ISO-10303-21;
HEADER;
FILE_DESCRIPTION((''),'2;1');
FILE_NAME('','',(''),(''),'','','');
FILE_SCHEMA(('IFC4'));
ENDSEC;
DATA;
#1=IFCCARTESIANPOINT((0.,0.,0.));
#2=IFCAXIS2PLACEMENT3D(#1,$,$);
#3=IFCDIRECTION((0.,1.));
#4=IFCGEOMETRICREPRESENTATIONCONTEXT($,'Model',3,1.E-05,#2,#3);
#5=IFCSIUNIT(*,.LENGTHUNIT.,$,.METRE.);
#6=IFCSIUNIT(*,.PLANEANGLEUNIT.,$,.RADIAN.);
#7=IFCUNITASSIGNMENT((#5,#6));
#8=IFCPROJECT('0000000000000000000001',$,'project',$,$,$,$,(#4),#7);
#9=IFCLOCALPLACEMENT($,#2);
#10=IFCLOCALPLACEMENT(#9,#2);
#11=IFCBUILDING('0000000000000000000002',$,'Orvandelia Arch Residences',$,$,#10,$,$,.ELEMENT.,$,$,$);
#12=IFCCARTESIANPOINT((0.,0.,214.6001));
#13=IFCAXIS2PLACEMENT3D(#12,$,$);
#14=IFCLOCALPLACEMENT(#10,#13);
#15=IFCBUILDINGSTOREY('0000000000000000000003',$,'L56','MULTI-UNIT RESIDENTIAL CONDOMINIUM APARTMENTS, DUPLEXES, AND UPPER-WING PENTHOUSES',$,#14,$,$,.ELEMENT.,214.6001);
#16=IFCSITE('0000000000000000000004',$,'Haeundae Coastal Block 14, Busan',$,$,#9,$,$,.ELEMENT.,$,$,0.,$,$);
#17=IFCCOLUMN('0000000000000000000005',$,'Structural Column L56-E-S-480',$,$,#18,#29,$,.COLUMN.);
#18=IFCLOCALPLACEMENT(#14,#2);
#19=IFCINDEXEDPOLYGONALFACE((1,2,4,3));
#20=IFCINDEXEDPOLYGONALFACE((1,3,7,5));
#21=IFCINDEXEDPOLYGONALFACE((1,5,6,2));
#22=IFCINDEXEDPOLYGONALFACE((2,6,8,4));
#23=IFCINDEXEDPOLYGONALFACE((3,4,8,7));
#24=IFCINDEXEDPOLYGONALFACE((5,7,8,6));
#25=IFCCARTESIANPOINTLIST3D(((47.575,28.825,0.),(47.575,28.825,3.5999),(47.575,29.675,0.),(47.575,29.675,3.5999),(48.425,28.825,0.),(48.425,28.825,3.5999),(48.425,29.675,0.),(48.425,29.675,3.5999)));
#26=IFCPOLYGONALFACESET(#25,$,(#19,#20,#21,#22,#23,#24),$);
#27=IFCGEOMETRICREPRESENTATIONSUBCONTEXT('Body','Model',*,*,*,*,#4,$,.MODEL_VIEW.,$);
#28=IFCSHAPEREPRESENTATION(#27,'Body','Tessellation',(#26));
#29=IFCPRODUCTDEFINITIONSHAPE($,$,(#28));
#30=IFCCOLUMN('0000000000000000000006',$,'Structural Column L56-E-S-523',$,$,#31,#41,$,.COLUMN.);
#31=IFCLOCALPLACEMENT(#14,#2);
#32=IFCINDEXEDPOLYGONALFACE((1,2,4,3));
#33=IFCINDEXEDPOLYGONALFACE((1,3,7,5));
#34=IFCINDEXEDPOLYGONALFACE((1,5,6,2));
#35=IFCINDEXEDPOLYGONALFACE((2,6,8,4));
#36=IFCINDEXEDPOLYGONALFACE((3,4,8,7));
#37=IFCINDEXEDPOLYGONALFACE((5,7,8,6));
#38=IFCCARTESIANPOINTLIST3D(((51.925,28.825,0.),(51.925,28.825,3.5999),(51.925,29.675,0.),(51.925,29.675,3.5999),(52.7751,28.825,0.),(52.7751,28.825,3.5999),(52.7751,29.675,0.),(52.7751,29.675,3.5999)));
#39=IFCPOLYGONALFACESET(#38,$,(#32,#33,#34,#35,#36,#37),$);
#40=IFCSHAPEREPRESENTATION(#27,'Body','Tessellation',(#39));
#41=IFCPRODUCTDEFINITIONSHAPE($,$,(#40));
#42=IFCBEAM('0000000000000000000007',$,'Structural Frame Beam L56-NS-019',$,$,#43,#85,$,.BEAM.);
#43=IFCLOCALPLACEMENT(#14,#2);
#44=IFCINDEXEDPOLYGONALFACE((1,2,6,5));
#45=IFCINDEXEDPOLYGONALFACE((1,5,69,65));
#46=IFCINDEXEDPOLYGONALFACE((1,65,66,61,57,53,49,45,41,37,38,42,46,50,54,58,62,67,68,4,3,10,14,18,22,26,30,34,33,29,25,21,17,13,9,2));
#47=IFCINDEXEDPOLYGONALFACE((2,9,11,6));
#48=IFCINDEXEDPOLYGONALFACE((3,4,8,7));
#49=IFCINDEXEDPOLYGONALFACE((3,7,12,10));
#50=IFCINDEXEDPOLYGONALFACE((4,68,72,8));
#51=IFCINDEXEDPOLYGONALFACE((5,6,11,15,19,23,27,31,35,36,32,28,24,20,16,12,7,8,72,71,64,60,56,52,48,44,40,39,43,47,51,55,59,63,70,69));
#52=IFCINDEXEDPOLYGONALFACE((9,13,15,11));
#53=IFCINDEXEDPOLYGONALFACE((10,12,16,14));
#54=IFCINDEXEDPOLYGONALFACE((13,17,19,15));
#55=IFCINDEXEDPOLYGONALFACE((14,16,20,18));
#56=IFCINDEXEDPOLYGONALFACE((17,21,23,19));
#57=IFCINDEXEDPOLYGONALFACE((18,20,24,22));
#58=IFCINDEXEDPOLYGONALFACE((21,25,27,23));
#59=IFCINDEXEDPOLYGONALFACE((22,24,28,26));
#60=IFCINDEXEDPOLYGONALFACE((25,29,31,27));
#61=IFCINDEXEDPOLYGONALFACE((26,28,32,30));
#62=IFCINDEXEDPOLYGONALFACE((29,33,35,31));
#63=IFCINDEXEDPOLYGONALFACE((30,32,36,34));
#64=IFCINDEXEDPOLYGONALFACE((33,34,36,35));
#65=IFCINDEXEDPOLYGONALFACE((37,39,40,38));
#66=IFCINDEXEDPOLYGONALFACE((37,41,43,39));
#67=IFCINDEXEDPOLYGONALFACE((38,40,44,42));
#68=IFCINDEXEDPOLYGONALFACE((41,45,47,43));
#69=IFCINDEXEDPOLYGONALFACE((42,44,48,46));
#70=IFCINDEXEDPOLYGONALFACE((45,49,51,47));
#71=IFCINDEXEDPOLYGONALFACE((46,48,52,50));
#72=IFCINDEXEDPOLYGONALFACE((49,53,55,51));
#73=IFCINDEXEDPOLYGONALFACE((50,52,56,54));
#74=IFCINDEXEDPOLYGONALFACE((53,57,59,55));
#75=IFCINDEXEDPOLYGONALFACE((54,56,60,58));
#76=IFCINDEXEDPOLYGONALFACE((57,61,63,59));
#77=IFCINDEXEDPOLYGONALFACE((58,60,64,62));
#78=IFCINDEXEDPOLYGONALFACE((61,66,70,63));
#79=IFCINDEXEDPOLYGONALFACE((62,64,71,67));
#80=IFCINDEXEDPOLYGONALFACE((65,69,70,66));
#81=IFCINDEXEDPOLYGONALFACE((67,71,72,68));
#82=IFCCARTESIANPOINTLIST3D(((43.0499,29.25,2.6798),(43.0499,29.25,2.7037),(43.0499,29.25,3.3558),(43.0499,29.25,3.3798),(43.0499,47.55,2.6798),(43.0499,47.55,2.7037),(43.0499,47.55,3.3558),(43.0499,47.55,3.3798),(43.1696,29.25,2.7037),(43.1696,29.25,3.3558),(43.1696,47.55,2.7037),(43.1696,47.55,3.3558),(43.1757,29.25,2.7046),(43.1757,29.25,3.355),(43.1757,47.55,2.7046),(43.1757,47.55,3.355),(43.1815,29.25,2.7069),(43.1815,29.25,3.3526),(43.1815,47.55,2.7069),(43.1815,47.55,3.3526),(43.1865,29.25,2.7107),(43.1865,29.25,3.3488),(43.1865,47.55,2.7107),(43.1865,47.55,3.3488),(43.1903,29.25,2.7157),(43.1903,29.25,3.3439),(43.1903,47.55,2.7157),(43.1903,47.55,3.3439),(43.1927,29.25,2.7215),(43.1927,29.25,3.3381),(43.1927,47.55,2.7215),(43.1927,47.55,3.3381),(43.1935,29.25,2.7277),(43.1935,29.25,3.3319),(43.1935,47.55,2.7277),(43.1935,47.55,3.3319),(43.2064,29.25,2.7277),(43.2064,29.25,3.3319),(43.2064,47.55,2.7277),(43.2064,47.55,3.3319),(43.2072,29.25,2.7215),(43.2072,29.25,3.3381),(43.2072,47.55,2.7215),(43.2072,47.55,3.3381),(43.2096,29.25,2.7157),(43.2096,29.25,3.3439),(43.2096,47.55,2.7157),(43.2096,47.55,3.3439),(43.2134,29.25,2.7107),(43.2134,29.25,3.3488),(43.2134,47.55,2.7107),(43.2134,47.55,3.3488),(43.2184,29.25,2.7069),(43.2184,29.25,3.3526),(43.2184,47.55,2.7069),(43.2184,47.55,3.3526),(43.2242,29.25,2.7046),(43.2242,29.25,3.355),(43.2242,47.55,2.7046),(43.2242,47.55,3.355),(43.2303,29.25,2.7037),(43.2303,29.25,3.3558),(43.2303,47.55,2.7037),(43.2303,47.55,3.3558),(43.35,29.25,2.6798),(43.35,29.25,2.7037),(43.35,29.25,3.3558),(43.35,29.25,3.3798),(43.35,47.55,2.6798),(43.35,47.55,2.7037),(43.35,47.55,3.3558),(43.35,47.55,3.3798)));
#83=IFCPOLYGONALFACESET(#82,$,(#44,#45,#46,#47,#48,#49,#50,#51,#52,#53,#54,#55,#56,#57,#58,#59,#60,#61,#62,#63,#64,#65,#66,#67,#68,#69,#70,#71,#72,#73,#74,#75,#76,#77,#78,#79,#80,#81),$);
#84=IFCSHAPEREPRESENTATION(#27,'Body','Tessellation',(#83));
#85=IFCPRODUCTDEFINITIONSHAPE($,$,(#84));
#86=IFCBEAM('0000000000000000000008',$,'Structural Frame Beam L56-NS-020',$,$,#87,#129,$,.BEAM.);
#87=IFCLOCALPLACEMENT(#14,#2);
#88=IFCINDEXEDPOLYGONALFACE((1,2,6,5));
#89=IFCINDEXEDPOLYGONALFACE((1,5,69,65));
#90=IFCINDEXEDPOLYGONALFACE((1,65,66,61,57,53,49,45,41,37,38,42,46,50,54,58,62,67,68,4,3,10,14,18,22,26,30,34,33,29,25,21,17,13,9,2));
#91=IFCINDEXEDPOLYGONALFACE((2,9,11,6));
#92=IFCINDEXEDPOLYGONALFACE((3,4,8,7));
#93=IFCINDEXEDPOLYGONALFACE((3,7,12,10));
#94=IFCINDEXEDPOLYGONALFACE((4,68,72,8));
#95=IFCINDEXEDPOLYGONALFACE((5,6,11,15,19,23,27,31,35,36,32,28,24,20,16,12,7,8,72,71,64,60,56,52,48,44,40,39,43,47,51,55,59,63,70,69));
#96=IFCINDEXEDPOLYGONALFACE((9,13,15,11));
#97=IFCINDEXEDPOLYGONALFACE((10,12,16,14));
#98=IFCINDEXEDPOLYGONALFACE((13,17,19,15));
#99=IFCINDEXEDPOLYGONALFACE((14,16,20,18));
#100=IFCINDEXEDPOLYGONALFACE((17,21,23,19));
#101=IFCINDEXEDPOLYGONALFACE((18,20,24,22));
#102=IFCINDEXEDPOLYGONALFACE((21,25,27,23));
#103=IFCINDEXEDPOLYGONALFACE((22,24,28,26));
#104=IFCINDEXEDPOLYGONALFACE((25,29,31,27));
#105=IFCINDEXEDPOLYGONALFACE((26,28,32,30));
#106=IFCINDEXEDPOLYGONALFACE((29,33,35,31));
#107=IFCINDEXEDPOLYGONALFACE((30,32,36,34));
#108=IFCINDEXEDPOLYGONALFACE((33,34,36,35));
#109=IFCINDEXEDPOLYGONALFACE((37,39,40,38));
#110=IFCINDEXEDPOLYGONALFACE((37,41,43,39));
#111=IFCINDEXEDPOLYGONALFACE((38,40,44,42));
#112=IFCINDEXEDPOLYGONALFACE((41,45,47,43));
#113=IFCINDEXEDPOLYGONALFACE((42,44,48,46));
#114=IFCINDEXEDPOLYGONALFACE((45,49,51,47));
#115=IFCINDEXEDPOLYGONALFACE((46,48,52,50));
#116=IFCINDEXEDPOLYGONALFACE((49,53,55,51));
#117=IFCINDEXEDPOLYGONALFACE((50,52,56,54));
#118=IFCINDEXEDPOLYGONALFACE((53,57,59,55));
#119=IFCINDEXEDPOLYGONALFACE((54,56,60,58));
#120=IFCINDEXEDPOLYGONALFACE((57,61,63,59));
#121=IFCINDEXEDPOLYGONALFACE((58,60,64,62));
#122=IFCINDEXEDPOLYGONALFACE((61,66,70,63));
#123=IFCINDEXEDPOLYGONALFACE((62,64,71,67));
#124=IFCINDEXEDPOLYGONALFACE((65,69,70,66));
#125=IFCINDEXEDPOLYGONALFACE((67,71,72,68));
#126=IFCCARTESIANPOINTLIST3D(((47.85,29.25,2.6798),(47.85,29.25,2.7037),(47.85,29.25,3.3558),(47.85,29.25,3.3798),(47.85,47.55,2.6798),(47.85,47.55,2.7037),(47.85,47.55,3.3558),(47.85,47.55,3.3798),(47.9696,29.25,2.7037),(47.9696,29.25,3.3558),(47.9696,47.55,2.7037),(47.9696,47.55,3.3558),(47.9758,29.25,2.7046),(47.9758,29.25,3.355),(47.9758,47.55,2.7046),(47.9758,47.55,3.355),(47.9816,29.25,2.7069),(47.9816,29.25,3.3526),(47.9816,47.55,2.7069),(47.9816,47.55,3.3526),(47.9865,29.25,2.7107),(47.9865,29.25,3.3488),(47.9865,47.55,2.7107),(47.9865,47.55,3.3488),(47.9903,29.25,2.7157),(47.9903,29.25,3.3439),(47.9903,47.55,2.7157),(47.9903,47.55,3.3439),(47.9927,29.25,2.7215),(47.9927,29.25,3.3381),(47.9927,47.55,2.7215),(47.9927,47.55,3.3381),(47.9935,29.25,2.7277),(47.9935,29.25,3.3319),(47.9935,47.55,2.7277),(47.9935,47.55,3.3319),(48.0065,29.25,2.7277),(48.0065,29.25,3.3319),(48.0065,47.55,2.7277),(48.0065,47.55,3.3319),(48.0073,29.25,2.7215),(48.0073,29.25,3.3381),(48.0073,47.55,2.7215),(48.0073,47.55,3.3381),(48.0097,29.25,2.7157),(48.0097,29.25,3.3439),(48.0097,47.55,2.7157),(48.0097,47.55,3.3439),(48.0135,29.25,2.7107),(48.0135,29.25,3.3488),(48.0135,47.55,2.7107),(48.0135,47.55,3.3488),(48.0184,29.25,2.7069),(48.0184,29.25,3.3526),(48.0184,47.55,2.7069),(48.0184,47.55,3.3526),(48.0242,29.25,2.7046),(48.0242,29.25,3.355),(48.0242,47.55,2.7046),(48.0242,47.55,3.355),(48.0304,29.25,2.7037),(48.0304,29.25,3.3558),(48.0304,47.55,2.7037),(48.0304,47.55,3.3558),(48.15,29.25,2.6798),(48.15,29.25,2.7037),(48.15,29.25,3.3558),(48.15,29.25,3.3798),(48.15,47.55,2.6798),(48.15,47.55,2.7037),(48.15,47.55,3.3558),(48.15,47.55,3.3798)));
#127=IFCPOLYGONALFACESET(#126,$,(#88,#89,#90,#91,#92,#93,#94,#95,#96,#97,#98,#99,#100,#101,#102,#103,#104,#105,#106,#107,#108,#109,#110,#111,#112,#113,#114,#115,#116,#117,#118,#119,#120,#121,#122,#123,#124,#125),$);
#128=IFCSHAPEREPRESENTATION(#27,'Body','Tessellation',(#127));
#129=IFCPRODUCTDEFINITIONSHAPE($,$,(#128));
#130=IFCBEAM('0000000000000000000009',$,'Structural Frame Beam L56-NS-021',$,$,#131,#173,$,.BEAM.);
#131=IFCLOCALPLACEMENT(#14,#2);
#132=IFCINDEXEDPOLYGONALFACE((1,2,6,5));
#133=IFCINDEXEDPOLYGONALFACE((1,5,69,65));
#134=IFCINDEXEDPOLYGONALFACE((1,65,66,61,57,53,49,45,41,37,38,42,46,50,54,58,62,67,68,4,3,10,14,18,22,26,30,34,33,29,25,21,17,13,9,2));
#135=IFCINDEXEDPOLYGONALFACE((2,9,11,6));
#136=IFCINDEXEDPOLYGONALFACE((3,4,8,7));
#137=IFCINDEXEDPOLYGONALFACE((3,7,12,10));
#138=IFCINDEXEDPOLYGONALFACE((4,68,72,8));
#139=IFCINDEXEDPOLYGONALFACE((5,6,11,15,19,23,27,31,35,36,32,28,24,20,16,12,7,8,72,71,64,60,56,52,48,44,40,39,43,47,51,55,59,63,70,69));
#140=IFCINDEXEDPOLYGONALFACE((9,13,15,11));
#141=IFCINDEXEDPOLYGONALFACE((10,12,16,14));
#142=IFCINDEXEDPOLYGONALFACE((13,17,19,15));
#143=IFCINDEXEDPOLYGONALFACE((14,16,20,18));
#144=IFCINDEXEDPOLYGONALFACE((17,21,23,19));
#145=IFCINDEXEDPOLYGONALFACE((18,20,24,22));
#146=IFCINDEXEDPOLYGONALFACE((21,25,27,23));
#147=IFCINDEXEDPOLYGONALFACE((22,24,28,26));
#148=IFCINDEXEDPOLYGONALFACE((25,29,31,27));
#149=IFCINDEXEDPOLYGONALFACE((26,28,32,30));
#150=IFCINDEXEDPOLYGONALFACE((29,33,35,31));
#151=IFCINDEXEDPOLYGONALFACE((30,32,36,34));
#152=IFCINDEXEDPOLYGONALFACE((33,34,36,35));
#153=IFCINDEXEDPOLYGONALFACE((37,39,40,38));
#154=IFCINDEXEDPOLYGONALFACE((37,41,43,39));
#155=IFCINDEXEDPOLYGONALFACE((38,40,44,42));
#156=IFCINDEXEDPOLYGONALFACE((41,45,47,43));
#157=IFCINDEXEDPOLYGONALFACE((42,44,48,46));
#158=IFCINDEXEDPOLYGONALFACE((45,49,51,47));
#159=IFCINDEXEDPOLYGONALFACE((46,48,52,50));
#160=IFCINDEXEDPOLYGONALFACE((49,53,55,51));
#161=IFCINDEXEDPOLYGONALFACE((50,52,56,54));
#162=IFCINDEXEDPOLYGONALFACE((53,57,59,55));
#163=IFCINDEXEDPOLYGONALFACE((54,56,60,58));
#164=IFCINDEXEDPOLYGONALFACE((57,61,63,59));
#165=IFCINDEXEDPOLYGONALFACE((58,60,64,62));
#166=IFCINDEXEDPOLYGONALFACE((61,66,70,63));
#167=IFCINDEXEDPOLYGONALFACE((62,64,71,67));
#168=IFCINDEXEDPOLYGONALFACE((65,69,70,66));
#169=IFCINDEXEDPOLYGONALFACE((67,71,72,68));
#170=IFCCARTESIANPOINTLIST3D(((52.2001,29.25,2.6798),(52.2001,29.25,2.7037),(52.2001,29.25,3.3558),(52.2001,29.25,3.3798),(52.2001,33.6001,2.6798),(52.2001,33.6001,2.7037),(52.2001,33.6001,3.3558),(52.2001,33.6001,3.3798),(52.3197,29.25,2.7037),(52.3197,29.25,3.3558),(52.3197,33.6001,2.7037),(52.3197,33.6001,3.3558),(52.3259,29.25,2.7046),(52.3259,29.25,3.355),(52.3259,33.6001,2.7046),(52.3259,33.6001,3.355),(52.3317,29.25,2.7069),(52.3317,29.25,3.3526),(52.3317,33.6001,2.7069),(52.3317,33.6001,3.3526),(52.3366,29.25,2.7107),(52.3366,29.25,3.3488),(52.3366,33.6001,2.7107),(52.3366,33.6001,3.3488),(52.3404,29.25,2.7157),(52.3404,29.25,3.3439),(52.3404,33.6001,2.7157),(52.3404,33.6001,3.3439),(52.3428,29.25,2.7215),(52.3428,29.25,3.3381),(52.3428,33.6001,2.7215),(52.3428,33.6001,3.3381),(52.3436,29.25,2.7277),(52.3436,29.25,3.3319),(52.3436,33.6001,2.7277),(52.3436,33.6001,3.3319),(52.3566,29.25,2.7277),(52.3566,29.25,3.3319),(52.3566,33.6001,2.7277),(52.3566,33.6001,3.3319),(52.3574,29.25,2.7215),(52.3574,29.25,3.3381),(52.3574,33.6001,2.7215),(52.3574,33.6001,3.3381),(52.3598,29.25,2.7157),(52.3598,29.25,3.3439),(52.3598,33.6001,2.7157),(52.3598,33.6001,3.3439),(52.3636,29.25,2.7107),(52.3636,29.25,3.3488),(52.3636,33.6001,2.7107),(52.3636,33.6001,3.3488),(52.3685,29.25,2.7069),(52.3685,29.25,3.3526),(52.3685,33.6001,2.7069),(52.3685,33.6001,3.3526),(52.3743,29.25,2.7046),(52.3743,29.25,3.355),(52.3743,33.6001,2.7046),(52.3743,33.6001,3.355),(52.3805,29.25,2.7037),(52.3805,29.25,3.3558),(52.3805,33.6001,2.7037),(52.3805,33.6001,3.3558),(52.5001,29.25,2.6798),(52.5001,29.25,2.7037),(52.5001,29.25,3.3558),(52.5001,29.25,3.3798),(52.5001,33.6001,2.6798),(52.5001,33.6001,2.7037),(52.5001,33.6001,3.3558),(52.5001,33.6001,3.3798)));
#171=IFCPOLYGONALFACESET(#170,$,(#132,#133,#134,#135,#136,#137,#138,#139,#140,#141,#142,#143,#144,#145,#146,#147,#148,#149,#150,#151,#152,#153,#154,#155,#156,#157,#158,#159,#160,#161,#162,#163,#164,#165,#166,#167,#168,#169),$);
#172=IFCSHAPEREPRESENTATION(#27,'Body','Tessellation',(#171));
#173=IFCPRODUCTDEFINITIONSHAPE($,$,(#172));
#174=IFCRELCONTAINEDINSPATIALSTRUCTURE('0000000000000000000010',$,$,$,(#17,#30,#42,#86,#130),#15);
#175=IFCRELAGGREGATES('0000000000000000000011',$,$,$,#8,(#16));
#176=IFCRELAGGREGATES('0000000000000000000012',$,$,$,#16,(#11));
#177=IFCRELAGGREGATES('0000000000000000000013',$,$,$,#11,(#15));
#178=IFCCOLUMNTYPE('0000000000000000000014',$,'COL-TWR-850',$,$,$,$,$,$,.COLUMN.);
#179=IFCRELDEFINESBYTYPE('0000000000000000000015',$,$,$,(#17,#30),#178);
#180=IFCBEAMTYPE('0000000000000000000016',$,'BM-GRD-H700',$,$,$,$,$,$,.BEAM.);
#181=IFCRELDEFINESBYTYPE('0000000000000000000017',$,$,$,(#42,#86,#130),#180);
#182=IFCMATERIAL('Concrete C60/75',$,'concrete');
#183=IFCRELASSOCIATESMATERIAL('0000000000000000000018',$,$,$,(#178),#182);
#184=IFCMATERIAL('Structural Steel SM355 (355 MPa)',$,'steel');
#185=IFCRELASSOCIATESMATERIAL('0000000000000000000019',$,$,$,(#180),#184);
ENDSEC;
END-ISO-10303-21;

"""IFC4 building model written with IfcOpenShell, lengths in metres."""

from ifc_helpers import new_model, si_unit, direction, frame, origin, origin_2d, place, context, subcontext, project, spatial, rectangle, i_section, extrude, material, material_profile, profile_set, type_object, element, save


model = new_model("IFC4")

# Units and contexts
model_context = context("Model", 3, precision=1e-05, world=origin(), true_north=direction((0.0, 1.0)))
body_context = subcontext(model_context, "Body", "Model", "MODEL_VIEW")
ifc_project = project(units=[si_unit("LENGTHUNIT", "METRE"), si_unit("PLANEANGLEUNIT", "RADIAN")], contexts=[model_context])

# Site, building, storey
site_placement = place(None, origin())
site = spatial("IfcSite", under=ifc_project, at=site_placement, Name="Haeundae Coastal Block 14, Busan", CompositionType="ELEMENT", RefElevation=0.0)
building_placement = place(site_placement, origin())
building = spatial("IfcBuilding", under=site, at=building_placement, Name="Orvandelia Arch Residences", CompositionType="ELEMENT")
storey_placement = place(building_placement, frame((0.0, 0.0, 214.6001)))
storey = spatial("IfcBuildingStorey", under=building, at=storey_placement, Name="L56", Description="MULTI-UNIT RESIDENTIAL CONDOMINIUM APARTMENTS, DUPLEXES, AND UPPER-WING PENTHOUSES", CompositionType="ELEMENT", Elevation=214.6001)

# Columns
ifc_material_1 = material(Name="Concrete C60/75", Category="concrete")
ifc_material_profile_1 = material_profile(ifc_material_1, rectangle(XDim=0.8501, YDim=0.8501, at=origin_2d()), Name="Concrete C60/75", Category="concrete")
ifc_profile_set_1 = profile_set([ifc_material_profile_1], Name="Concrete C60/75")
column_type = type_object("IfcColumnType", Name="COL-TWR-850", PredefinedType="COLUMN", material=ifc_profile_set_1)
for number, where, z_axis, x_axis, name in (
    (1, (48.0, 29.25, 0.0), (0.0, 0.0, 1.0), (1.0, 0.0, 0.0), "Structural Column L56-E-S-480"),
    (2, (52.3501, 29.25, 0.0), (0.0, 0.0, 1.0), (1.0, 0.0, 0.0), "Structural Column L56-E-S-523"),
):
    element("IfcColumn", number, at=place(storey_placement, frame(where, z_axis=z_axis, x_axis=x_axis)), inside=storey, type_object=column_type, Name=name, PredefinedType="COLUMN", context=body_context, shape_type="SweptSolid", body=[
        extrude(rectangle(XDim=0.8501, YDim=0.8501, at=origin_2d()), origin(), (0.0, 0.0, 1.0), 3.5999),
    ])

# Beams
ifc_material_2 = material(Name="Structural Steel SM355 (355 MPa)", Category="steel")
ifc_material_profile_2 = material_profile(ifc_material_2, i_section(OverallWidth=0.3, OverallDepth=0.7, WebThickness=0.0129, FlangeThickness=0.0239, FilletRadius=0.0239, at=origin_2d()), Name="Structural Steel SM355 (355 MPa)", Category="steel")
ifc_profile_set_2 = profile_set([ifc_material_profile_2], Name="Structural Steel SM355 (355 MPa)")
beam_type = type_object("IfcBeamType", Name="BM-GRD-H700", PredefinedType="BEAM", material=ifc_profile_set_2)
for number, where, z_axis, x_axis, name in (
    (3, (43.2, 29.25, 3.0298), (0.0, 1.0, 0.0), (-1.0, 0.0, 0.0), "Structural Frame Beam L56-NS-019"),
    (4, (48.0, 29.25, 3.0298), (0.0, 1.0, 0.0), (-1.0, 0.0, 0.0), "Structural Frame Beam L56-NS-020"),
):
    element("IfcBeam", number, at=place(storey_placement, frame(where, z_axis=z_axis, x_axis=x_axis)), inside=storey, type_object=beam_type, Name=name, PredefinedType="BEAM", context=body_context, shape_type="SweptSolid", body=[
        extrude(i_section(OverallWidth=0.3, OverallDepth=0.7, WebThickness=0.0129, FlangeThickness=0.0239, FilletRadius=0.0239, at=origin_2d()), origin(), (0.0, 0.0, 1.0), 18.3),
    ])
beam_1_placement = place(storey_placement, frame((52.3501, 29.25, 3.0298), z_axis=(0.0, 1.0, 0.0), x_axis=(-1.0, 0.0, 0.0)))
element("IfcBeam", 5, at=beam_1_placement, inside=storey, type_object=beam_type, Name="Structural Frame Beam L56-NS-021", PredefinedType="BEAM", context=body_context, shape_type="SweptSolid", body=[
    extrude(i_section(OverallWidth=0.3, OverallDepth=0.7, WebThickness=0.0129, FlangeThickness=0.0239, FilletRadius=0.0239, at=origin_2d()), origin(), (0.0, 0.0, 1.0), 4.3501),
])

save(model, "model.ifc")
